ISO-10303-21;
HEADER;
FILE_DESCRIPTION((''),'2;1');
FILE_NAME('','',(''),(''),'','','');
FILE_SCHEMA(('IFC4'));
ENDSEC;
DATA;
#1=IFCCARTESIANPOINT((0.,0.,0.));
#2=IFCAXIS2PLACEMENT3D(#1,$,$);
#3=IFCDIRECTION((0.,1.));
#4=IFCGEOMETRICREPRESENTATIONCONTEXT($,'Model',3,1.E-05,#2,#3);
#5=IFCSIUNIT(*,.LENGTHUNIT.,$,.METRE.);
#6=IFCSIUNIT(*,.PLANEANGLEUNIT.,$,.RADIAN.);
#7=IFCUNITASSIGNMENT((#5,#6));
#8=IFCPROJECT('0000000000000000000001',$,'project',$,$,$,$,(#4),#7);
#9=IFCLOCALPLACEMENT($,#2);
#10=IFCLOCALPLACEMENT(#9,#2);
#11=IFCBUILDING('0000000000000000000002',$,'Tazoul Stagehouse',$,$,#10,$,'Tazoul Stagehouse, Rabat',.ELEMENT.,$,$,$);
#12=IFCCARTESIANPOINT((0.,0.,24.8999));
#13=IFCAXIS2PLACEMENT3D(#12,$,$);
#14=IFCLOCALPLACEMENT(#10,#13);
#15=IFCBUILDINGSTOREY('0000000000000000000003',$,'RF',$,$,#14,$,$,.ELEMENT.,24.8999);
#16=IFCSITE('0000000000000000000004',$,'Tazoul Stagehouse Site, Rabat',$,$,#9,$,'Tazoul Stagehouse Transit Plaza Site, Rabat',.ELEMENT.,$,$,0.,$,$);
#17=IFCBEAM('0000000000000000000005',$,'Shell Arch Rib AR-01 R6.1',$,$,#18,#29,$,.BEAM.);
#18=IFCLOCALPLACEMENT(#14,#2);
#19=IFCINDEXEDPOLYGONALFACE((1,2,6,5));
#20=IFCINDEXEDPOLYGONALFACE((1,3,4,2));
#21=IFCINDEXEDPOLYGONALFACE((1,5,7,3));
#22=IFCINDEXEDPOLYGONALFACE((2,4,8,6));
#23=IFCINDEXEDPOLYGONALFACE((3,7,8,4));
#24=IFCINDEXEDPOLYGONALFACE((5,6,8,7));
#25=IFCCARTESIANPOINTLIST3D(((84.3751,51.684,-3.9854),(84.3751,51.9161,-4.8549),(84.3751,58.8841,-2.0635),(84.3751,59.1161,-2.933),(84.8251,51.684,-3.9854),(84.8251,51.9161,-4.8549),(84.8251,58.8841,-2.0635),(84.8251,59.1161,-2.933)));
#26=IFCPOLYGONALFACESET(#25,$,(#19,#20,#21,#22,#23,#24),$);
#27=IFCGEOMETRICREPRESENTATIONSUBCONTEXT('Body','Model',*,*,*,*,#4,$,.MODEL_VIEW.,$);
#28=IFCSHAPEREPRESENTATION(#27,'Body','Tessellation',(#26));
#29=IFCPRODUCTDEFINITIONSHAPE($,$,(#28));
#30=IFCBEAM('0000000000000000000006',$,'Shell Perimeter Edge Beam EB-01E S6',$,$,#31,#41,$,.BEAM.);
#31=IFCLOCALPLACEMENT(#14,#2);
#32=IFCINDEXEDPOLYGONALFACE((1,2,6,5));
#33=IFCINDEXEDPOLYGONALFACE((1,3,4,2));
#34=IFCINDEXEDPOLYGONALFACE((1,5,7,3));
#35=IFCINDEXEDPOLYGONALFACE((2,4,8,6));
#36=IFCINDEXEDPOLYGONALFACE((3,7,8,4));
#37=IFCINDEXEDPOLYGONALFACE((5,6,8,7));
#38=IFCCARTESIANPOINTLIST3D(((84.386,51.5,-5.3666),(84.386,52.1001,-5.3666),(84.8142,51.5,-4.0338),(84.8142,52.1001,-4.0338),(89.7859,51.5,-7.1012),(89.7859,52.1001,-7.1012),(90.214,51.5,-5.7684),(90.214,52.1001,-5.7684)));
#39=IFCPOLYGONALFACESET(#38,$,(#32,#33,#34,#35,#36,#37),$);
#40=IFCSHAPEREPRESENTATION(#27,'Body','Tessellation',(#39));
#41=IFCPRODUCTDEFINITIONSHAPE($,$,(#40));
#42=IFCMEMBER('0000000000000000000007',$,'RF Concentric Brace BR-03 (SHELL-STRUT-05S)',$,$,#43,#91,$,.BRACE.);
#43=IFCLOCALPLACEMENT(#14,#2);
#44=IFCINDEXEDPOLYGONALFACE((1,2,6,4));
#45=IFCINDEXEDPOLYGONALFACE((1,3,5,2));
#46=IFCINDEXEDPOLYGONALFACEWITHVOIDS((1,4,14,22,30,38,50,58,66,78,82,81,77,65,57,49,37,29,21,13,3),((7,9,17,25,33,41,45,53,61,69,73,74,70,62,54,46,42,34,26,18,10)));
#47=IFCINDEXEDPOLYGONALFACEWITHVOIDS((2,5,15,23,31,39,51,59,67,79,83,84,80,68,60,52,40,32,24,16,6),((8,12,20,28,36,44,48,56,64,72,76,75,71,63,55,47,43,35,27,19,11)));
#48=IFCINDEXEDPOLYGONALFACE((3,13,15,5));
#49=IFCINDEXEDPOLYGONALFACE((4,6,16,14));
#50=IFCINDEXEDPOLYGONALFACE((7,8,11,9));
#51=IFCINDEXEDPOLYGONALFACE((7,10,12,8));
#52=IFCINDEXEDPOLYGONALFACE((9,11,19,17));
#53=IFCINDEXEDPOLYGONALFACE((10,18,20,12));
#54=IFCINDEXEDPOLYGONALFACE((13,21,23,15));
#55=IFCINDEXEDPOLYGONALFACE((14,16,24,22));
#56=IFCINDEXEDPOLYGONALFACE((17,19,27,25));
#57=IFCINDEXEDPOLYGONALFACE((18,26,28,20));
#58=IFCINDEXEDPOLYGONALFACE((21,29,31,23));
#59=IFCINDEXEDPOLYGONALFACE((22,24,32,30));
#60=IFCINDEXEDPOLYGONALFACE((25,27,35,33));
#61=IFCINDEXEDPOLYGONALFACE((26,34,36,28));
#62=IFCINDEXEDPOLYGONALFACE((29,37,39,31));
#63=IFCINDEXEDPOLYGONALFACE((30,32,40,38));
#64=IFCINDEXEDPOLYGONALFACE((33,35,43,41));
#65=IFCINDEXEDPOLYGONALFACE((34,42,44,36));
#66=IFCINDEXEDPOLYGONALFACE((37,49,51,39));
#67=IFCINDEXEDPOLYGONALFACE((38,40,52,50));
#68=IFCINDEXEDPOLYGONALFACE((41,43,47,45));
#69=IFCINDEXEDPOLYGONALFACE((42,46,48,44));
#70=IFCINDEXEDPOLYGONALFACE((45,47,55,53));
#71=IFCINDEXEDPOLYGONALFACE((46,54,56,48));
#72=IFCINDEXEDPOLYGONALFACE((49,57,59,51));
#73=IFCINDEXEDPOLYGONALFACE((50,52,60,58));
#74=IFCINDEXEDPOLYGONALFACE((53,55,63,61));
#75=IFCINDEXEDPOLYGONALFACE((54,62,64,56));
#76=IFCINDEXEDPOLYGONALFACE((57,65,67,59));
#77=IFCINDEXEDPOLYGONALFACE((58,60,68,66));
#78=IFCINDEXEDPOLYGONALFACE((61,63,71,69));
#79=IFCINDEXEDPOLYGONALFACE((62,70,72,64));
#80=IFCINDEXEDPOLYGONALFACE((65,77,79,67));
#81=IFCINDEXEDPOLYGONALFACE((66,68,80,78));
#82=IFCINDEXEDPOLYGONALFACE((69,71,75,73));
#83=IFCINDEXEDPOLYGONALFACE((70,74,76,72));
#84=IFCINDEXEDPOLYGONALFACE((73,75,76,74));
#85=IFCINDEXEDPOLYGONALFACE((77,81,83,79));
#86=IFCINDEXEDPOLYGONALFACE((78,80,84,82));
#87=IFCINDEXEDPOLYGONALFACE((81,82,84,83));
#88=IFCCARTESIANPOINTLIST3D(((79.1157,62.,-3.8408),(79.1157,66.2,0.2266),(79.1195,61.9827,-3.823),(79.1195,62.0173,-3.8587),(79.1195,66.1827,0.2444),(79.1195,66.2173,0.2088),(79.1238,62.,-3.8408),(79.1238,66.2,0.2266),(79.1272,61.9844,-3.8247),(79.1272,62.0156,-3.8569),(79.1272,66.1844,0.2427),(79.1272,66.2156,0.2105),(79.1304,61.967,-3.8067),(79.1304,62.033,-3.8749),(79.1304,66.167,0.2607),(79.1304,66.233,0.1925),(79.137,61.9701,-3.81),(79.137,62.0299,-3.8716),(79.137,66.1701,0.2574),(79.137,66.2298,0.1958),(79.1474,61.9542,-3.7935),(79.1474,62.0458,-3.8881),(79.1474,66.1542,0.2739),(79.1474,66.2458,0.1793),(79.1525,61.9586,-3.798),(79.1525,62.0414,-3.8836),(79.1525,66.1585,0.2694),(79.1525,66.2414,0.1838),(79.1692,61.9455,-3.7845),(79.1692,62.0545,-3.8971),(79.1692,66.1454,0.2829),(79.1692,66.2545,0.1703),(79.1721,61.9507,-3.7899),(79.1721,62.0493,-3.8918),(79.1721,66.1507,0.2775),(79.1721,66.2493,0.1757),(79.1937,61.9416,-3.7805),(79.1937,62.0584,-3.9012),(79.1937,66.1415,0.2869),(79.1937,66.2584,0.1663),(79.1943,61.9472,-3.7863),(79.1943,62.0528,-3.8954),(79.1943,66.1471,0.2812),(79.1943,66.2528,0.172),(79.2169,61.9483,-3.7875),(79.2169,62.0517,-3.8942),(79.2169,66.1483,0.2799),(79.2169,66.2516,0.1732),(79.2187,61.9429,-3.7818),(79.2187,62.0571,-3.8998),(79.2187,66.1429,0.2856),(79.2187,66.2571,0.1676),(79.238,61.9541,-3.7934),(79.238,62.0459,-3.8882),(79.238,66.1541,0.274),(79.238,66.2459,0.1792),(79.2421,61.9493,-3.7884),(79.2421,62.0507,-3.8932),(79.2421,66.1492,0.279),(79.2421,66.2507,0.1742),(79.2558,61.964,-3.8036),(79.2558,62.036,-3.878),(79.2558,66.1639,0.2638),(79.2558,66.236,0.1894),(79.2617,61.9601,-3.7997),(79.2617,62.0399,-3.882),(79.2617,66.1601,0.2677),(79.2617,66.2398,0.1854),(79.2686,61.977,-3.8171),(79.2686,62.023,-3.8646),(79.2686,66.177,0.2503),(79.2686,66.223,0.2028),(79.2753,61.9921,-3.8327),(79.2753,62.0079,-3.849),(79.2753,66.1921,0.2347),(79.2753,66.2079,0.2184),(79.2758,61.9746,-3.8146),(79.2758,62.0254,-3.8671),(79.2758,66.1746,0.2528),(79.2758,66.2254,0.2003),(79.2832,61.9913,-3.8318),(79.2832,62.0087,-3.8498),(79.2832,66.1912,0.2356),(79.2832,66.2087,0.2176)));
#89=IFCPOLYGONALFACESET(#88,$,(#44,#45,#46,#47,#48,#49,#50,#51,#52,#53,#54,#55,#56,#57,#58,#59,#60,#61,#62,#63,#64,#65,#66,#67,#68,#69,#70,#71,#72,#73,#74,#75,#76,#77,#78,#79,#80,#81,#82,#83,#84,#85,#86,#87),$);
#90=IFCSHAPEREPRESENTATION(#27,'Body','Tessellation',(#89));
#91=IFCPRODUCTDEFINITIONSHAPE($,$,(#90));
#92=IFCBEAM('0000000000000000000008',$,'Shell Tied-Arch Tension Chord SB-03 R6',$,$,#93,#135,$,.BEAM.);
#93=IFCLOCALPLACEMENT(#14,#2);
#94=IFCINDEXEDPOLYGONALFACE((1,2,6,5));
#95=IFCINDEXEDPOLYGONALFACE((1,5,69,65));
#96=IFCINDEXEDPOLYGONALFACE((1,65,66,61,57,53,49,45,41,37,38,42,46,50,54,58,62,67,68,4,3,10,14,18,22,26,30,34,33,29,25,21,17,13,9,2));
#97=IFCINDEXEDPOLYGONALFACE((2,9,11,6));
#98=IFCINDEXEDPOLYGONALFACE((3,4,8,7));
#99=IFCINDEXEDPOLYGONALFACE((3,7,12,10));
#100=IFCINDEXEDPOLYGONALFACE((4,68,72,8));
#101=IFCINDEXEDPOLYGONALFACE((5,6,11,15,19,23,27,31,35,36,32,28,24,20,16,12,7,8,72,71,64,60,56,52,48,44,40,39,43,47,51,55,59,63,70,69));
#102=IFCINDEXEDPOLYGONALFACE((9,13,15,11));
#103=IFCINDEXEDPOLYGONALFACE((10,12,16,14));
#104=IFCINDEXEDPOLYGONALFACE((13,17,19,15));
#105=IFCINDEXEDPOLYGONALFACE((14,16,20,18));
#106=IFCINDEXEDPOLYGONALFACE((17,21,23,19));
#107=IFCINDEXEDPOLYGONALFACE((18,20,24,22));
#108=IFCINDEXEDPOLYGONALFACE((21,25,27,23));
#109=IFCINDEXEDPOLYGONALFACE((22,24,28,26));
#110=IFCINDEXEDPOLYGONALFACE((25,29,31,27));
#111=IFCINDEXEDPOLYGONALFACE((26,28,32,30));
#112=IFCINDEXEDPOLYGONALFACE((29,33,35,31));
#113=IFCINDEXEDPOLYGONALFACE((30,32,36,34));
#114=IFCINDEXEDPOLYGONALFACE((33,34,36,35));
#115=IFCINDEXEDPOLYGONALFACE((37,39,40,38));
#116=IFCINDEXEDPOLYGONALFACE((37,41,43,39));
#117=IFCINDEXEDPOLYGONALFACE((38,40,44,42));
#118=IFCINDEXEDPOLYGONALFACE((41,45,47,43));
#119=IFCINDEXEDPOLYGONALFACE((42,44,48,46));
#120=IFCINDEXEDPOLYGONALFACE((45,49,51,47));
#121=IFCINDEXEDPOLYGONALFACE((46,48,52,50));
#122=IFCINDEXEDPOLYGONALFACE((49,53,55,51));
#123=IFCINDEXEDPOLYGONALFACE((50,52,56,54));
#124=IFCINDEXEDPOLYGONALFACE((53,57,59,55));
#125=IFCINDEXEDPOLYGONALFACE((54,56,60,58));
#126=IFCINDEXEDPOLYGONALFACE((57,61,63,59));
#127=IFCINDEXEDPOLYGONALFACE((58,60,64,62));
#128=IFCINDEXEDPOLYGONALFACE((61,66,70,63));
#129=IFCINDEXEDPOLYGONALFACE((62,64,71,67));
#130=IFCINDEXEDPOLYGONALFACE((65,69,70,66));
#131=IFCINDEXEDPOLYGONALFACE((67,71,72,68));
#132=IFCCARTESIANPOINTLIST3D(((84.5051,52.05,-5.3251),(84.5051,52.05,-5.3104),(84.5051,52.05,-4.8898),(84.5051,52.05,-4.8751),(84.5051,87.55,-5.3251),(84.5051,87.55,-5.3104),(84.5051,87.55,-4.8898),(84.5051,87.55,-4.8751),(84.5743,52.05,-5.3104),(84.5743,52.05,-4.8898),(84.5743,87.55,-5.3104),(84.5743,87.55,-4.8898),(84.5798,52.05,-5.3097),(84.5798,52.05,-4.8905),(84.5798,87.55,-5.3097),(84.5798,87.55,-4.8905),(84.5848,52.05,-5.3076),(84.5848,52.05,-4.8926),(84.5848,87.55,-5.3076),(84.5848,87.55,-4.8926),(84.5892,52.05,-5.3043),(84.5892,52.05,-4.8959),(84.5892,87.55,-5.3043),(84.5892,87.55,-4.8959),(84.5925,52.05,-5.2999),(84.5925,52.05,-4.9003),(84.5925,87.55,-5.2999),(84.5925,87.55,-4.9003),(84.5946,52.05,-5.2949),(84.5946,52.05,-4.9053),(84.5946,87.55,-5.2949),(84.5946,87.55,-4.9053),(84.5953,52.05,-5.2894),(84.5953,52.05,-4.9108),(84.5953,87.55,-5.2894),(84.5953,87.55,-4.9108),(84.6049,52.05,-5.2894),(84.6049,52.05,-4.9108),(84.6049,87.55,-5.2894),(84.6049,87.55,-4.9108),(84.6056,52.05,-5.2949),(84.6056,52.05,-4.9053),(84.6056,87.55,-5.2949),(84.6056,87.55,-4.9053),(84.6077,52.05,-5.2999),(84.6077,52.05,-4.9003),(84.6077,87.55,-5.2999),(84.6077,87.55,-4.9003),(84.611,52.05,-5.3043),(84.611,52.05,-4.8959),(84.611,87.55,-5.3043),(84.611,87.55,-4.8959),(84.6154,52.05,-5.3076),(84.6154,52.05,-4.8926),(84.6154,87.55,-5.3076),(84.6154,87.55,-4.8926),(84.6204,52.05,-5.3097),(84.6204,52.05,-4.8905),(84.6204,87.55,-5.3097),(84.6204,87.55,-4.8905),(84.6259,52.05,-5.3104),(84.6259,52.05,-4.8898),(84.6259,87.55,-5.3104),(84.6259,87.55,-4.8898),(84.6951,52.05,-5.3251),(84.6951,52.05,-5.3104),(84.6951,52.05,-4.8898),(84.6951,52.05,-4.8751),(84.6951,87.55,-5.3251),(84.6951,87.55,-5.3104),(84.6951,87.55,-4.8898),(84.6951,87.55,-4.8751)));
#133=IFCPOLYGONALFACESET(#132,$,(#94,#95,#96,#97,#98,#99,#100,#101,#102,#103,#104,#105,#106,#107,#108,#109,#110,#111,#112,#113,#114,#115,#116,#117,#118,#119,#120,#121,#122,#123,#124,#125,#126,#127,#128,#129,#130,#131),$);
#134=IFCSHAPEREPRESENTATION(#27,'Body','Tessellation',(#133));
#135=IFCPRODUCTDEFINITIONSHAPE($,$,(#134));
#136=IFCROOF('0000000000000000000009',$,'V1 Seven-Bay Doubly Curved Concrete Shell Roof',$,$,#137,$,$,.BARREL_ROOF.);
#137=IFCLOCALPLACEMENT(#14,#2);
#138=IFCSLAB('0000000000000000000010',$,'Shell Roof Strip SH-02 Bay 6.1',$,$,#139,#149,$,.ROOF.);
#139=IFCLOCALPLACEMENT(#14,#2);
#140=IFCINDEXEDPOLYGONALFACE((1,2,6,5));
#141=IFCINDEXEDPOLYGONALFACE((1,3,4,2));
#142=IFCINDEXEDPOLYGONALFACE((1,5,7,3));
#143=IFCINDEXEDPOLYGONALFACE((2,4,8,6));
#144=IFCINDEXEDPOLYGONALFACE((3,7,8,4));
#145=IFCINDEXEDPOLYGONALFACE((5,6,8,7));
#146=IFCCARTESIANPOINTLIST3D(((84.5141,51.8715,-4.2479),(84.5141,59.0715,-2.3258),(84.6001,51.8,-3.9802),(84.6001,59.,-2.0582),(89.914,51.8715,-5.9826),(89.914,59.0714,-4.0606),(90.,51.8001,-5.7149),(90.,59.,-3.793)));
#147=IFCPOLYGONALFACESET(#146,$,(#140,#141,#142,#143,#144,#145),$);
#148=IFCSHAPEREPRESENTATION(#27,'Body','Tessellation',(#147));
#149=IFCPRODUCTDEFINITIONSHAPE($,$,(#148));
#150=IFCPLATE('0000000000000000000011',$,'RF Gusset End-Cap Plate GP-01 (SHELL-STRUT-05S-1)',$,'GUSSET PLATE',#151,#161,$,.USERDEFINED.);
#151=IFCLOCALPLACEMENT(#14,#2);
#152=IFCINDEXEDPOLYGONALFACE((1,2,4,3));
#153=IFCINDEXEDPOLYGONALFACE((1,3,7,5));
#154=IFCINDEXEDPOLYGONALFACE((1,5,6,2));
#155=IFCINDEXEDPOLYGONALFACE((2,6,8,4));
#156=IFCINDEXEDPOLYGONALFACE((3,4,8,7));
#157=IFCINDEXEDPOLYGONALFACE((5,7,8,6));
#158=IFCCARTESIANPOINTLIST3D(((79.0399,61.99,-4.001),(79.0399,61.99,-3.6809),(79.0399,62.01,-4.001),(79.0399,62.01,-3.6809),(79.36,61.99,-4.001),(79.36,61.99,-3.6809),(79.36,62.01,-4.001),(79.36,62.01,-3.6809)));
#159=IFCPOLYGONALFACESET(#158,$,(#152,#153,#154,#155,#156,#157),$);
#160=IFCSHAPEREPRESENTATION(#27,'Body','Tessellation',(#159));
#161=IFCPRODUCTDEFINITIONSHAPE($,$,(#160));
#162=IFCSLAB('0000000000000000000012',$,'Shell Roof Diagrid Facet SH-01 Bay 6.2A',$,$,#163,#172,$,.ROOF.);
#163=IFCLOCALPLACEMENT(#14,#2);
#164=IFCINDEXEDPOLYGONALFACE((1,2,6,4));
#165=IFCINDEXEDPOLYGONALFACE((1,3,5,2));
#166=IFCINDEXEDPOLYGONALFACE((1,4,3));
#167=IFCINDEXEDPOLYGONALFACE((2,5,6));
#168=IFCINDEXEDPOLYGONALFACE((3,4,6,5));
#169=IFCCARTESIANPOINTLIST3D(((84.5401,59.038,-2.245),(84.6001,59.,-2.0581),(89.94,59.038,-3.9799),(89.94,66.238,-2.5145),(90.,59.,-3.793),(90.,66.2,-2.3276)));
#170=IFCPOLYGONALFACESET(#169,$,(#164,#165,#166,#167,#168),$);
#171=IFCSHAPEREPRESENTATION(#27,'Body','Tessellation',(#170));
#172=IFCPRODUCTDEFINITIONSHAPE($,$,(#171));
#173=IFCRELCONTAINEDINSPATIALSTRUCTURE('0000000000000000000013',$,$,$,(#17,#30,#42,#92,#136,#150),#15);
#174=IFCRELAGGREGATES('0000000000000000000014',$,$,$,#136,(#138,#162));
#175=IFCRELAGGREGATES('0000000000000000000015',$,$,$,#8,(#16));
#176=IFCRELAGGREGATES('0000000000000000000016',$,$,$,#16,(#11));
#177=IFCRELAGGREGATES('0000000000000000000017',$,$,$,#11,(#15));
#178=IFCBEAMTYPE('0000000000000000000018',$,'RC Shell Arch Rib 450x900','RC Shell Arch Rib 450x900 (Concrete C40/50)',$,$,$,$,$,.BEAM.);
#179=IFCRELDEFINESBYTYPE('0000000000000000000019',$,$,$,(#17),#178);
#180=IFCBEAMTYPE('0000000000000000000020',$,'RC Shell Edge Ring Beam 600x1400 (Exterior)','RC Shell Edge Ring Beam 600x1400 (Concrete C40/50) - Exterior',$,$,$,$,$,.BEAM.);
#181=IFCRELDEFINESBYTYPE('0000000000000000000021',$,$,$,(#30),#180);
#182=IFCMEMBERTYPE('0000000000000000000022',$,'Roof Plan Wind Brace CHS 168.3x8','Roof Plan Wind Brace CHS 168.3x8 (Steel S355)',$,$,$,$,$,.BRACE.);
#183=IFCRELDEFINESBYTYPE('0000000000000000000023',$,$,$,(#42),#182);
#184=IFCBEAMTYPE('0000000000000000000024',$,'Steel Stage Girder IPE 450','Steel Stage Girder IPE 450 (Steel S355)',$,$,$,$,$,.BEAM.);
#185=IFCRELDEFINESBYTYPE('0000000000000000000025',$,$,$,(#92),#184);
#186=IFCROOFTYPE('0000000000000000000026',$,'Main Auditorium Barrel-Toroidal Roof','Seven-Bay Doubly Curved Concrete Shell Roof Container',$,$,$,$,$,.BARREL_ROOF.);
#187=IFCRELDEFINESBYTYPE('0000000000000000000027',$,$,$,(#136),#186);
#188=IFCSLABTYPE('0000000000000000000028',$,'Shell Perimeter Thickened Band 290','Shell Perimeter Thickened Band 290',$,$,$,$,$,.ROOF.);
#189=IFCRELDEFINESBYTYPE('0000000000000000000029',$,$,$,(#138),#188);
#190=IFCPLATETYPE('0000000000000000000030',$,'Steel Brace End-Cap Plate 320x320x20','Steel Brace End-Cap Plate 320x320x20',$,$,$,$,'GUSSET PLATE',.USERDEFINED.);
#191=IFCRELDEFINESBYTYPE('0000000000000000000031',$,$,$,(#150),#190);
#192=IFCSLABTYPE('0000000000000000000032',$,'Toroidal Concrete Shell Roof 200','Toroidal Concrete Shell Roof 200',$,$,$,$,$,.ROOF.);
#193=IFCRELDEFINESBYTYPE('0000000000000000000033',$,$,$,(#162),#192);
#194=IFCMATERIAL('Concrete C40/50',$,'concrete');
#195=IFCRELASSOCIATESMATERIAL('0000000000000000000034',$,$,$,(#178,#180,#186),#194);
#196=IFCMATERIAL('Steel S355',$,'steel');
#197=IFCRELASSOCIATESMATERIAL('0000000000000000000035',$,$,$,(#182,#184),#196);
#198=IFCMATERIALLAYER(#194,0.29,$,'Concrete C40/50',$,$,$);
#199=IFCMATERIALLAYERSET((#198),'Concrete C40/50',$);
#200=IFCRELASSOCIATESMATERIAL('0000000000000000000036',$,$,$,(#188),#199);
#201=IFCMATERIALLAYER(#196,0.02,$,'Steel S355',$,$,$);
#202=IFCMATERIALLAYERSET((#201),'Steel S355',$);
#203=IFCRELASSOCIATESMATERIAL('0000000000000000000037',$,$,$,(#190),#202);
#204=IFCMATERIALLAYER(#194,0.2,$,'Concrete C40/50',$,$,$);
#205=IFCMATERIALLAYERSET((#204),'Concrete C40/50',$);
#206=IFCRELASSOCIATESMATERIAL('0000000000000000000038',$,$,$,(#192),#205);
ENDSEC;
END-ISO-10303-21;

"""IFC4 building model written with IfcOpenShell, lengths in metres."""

from ifc_helpers import new_model, si_unit, direction, frame, origin, origin_2d, place, context, subcontext, project, spatial, polyline, rectangle, hollow_circle, i_section, outline, extrude, material, layer, layer_set, material_profile, profile_set, type_object, element, aggregate, save


model = new_model("IFC4")

# Units and contexts
model_context = context("Model", 3, precision=1e-05, world=origin(), true_north=direction((0.0, 1.0)))
body_context = subcontext(model_context, "Body", "Model", "MODEL_VIEW")
ifc_project = project(units=[si_unit("LENGTHUNIT", "METRE"), si_unit("PLANEANGLEUNIT", "RADIAN")], contexts=[model_context])

# Site, building, storey
site_placement = place(None, origin())
building_placement = place(site_placement, origin())
storey_placement = place(building_placement, frame((0.0, 0.0, 24.8999)))
site = spatial("IfcSite", under=ifc_project, at=site_placement, Name="Tazoul Stagehouse Site, Rabat", LongName="Tazoul Stagehouse Transit Plaza Site, Rabat", CompositionType="ELEMENT", RefElevation=0.0)
building = spatial("IfcBuilding", under=site, at=building_placement, Name="Tazoul Stagehouse", LongName="Tazoul Stagehouse, Rabat", CompositionType="ELEMENT")
storey = spatial("IfcBuildingStorey", under=building, at=storey_placement, Name="RF", CompositionType="ELEMENT", Elevation=24.8999)

# Beams
ifc_material_1 = material(Name="Concrete C40/50", Category="concrete")
ifc_material_profile_1 = material_profile(ifc_material_1, rectangle(XDim=0.45, YDim=0.8999, at=origin_2d()), Name="RC 450x900")
ifc_profile_set_1 = profile_set([ifc_material_profile_1], Name="Concrete C40/50")
beam_type_1 = type_object("IfcBeamType", Name="RC Shell Arch Rib 450x900", Description="RC Shell Arch Rib 450x900 (Concrete C40/50)", PredefinedType="BEAM", material=ifc_profile_set_1)
beam_1_placement = place(storey_placement, frame((84.6001, 51.8, -4.4202), z_axis=(0.0, 0.966172, 0.257899), x_axis=(-1.0, 0.0, 0.0)))
element("IfcBeam", 1, at=beam_1_placement, inside=storey, type_object=beam_type_1, Name="Shell Arch Rib AR-01 R6.1", PredefinedType="BEAM", context=body_context, shape_type="SweptSolid", body=[
    extrude(rectangle(XDim=0.45, YDim=0.8999, at=origin_2d()), origin(), (0.0, 0.0, 1.0), 7.4521),
])
ifc_material_profile_2 = material_profile(ifc_material_1, rectangle(XDim=0.6001, YDim=1.3999, at=origin_2d()), Name="RC 600x1400")
ifc_profile_set_2 = profile_set([ifc_material_profile_2], Name="Concrete C40/50")
beam_type_2 = type_object("IfcBeamType", Name="RC Shell Edge Ring Beam 600x1400 (Exterior)", Description="RC Shell Edge Ring Beam 600x1400 (Concrete C40/50) - Exterior", PredefinedType="BEAM", material=ifc_profile_set_2)
beam_2_placement = place(storey_placement, frame((84.6001, 51.8, -4.7002), z_axis=(0.952083, 0.0, -0.305839), x_axis=(0.0, 1.0, 0.0)))
element("IfcBeam", 2, at=beam_2_placement, inside=storey, type_object=beam_type_2, Name="Shell Perimeter Edge Beam EB-01E S6", PredefinedType="BEAM", context=body_context, shape_type="SweptSolid", body=[
    extrude(rectangle(XDim=0.6001, YDim=1.3999, at=origin_2d()), origin(), (0.0, 0.0, 1.0), 5.6716),
])

# Member
ifc_material_2 = material(Name="Steel S355", Category="steel")
ifc_material_profile_3 = material_profile(ifc_material_2, hollow_circle(Radius=0.0842, WallThickness=0.0081, at=origin_2d()), Name="CHS 168.3x8")
ifc_profile_set_3 = profile_set([ifc_material_profile_3], Name="Steel S355")
member_type_1 = type_object("IfcMemberType", Name="Roof Plan Wind Brace CHS 168.3x8", Description="Roof Plan Wind Brace CHS 168.3x8 (Steel S355)", PredefinedType="BRACE", material=ifc_profile_set_3)
member_1_placement = place(storey_placement, frame((79.2, 62.0, -3.8408), z_axis=(0.0, 0.718353, 0.695679), x_axis=(-1.0, 0.0, 0.0)))
element("IfcMember", 3, at=member_1_placement, inside=storey, type_object=member_type_1, Name="RF Concentric Brace BR-03 (SHELL-STRUT-05S)", PredefinedType="BRACE", context=body_context, shape_type="SweptSolid", body=[
    extrude(hollow_circle(Radius=0.0842, WallThickness=0.0081, at=origin_2d()), origin(), (0.0, 0.0, 1.0), 5.8467),
])

# Beam
ifc_material_profile_4 = material_profile(ifc_material_2, i_section(OverallWidth=0.1899, OverallDepth=0.45, WebThickness=0.0095, FlangeThickness=0.0146, FilletRadius=0.021, at=origin_2d()), Name="IPE 450")
ifc_profile_set_4 = profile_set([ifc_material_profile_4], Name="Steel S355")
beam_type_3 = type_object("IfcBeamType", Name="Steel Stage Girder IPE 450", Description="Steel Stage Girder IPE 450 (Steel S355)", PredefinedType="BEAM", material=ifc_profile_set_4)
beam_3_placement = place(storey_placement, frame((84.6001, 52.05, -5.1001), z_axis=(0.0, 1.0, 0.0), x_axis=(-1.0, 0.0, 0.0)))
element("IfcBeam", 4, at=beam_3_placement, inside=storey, type_object=beam_type_3, Name="Shell Tied-Arch Tension Chord SB-03 R6", PredefinedType="BEAM", context=body_context, shape_type="SweptSolid", body=[
    extrude(i_section(OverallWidth=0.1899, OverallDepth=0.45, WebThickness=0.0095, FlangeThickness=0.0146, FilletRadius=0.021, at=origin_2d()), origin(), (0.0, 0.0, 1.0), 35.5),
])

# Roof, slab
roof_type = type_object("IfcRoofType", Name="Main Auditorium Barrel-Toroidal Roof", Description="Seven-Bay Doubly Curved Concrete Shell Roof Container", PredefinedType="BARREL_ROOF", material=ifc_material_1)
roof_placement = place(storey_placement, origin())
roof = element("IfcRoof", 5, at=roof_placement, inside=storey, type_object=roof_type, Name="V1 Seven-Bay Doubly Curved Concrete Shell Roof", PredefinedType="BARREL_ROOF")
ifc_layer_1 = layer(ifc_material_1, 0.29, Name="Concrete C40/50")
ifc_layer_set_1 = layer_set([ifc_layer_1], Name="Concrete C40/50")
slab_type_1 = type_object("IfcSlabType", Name="Shell Perimeter Thickened Band 290", Description="Shell Perimeter Thickened Band 290", PredefinedType="ROOF", material=ifc_layer_set_1)
slab_1_placement = place(storey_placement, frame((84.6001, 51.8, -3.9802), z_axis=(0.296435, -0.246322, 0.922742), x_axis=(0.952077, 0.000005, -0.305858)))
slab_1 = element("IfcSlab", 6, at=slab_1_placement, type_object=slab_type_1, Name="Shell Roof Strip SH-02 Bay 6.1", PredefinedType="ROOF", context=body_context, shape_type="SweptSolid", body=[
    extrude(outline(polyline([(0.0, 0.0), (5.6717, 0.0), (5.0839, 7.4288), (-0.5879, 7.4289), (0.0, 0.0)])), origin(), (0.0, 0.0, -1.0), 0.29),
])

# Plate
ifc_layer_2 = layer(ifc_material_2, 0.02, Name="Steel S355")
ifc_layer_set_2 = layer_set([ifc_layer_2], Name="Steel S355")
plate_type_1 = type_object("IfcPlateType", Name="Steel Brace End-Cap Plate 320x320x20", Description="Steel Brace End-Cap Plate 320x320x20", ElementType="GUSSET PLATE", PredefinedType="USERDEFINED", material=ifc_layer_set_2)
plate_1_placement = place(storey_placement, frame((79.2, 62.0, -4.001), z_axis=(0.0, 0.0, 1.0), x_axis=(0.0, 1.0, 0.0)))
element("IfcPlate", 7, at=plate_1_placement, inside=storey, type_object=plate_type_1, Name="RF Gusset End-Cap Plate GP-01 (SHELL-STRUT-05S-1)", ObjectType="GUSSET PLATE", PredefinedType="USERDEFINED", context=body_context, shape_type="SweptSolid", body=[
    extrude(rectangle(XDim=0.02, YDim=0.3201, at=origin_2d()), origin(), (0.0, 0.0, 1.0), 0.3201),
])

# Slab
ifc_layer_3 = layer(ifc_material_1, 0.2, Name="Concrete C40/50")
ifc_layer_set_3 = layer_set([ifc_layer_3], Name="Concrete C40/50")
slab_type_2 = type_object("IfcSlabType", Name="Toroidal Concrete Shell Roof 200", Description="Toroidal Concrete Shell Roof 200", PredefinedType="ROOF", material=ifc_layer_set_3)
slab_2_placement = place(storey_placement, frame((84.6001, 59.0, -2.0581), z_axis=(0.300293, -0.190227, 0.934686), x_axis=(0.952071, 0.0, -0.305878)))
slab_2 = element("IfcSlab", 8, at=slab_2_placement, type_object=slab_type_2, Name="Shell Roof Diagrid Facet SH-01 Bay 6.2A", PredefinedType="ROOF", context=body_context, shape_type="SweptSolid", body=[
    extrude(outline(polyline([(0.0, 0.0), (5.6717, 0.0), (5.2235, 7.3339), (0.0, 0.0)])), origin(), (0.0, 0.0, -1.0), 0.2),
])
aggregate(roof, [slab_1, slab_2])

save(model, "model.ifc")
